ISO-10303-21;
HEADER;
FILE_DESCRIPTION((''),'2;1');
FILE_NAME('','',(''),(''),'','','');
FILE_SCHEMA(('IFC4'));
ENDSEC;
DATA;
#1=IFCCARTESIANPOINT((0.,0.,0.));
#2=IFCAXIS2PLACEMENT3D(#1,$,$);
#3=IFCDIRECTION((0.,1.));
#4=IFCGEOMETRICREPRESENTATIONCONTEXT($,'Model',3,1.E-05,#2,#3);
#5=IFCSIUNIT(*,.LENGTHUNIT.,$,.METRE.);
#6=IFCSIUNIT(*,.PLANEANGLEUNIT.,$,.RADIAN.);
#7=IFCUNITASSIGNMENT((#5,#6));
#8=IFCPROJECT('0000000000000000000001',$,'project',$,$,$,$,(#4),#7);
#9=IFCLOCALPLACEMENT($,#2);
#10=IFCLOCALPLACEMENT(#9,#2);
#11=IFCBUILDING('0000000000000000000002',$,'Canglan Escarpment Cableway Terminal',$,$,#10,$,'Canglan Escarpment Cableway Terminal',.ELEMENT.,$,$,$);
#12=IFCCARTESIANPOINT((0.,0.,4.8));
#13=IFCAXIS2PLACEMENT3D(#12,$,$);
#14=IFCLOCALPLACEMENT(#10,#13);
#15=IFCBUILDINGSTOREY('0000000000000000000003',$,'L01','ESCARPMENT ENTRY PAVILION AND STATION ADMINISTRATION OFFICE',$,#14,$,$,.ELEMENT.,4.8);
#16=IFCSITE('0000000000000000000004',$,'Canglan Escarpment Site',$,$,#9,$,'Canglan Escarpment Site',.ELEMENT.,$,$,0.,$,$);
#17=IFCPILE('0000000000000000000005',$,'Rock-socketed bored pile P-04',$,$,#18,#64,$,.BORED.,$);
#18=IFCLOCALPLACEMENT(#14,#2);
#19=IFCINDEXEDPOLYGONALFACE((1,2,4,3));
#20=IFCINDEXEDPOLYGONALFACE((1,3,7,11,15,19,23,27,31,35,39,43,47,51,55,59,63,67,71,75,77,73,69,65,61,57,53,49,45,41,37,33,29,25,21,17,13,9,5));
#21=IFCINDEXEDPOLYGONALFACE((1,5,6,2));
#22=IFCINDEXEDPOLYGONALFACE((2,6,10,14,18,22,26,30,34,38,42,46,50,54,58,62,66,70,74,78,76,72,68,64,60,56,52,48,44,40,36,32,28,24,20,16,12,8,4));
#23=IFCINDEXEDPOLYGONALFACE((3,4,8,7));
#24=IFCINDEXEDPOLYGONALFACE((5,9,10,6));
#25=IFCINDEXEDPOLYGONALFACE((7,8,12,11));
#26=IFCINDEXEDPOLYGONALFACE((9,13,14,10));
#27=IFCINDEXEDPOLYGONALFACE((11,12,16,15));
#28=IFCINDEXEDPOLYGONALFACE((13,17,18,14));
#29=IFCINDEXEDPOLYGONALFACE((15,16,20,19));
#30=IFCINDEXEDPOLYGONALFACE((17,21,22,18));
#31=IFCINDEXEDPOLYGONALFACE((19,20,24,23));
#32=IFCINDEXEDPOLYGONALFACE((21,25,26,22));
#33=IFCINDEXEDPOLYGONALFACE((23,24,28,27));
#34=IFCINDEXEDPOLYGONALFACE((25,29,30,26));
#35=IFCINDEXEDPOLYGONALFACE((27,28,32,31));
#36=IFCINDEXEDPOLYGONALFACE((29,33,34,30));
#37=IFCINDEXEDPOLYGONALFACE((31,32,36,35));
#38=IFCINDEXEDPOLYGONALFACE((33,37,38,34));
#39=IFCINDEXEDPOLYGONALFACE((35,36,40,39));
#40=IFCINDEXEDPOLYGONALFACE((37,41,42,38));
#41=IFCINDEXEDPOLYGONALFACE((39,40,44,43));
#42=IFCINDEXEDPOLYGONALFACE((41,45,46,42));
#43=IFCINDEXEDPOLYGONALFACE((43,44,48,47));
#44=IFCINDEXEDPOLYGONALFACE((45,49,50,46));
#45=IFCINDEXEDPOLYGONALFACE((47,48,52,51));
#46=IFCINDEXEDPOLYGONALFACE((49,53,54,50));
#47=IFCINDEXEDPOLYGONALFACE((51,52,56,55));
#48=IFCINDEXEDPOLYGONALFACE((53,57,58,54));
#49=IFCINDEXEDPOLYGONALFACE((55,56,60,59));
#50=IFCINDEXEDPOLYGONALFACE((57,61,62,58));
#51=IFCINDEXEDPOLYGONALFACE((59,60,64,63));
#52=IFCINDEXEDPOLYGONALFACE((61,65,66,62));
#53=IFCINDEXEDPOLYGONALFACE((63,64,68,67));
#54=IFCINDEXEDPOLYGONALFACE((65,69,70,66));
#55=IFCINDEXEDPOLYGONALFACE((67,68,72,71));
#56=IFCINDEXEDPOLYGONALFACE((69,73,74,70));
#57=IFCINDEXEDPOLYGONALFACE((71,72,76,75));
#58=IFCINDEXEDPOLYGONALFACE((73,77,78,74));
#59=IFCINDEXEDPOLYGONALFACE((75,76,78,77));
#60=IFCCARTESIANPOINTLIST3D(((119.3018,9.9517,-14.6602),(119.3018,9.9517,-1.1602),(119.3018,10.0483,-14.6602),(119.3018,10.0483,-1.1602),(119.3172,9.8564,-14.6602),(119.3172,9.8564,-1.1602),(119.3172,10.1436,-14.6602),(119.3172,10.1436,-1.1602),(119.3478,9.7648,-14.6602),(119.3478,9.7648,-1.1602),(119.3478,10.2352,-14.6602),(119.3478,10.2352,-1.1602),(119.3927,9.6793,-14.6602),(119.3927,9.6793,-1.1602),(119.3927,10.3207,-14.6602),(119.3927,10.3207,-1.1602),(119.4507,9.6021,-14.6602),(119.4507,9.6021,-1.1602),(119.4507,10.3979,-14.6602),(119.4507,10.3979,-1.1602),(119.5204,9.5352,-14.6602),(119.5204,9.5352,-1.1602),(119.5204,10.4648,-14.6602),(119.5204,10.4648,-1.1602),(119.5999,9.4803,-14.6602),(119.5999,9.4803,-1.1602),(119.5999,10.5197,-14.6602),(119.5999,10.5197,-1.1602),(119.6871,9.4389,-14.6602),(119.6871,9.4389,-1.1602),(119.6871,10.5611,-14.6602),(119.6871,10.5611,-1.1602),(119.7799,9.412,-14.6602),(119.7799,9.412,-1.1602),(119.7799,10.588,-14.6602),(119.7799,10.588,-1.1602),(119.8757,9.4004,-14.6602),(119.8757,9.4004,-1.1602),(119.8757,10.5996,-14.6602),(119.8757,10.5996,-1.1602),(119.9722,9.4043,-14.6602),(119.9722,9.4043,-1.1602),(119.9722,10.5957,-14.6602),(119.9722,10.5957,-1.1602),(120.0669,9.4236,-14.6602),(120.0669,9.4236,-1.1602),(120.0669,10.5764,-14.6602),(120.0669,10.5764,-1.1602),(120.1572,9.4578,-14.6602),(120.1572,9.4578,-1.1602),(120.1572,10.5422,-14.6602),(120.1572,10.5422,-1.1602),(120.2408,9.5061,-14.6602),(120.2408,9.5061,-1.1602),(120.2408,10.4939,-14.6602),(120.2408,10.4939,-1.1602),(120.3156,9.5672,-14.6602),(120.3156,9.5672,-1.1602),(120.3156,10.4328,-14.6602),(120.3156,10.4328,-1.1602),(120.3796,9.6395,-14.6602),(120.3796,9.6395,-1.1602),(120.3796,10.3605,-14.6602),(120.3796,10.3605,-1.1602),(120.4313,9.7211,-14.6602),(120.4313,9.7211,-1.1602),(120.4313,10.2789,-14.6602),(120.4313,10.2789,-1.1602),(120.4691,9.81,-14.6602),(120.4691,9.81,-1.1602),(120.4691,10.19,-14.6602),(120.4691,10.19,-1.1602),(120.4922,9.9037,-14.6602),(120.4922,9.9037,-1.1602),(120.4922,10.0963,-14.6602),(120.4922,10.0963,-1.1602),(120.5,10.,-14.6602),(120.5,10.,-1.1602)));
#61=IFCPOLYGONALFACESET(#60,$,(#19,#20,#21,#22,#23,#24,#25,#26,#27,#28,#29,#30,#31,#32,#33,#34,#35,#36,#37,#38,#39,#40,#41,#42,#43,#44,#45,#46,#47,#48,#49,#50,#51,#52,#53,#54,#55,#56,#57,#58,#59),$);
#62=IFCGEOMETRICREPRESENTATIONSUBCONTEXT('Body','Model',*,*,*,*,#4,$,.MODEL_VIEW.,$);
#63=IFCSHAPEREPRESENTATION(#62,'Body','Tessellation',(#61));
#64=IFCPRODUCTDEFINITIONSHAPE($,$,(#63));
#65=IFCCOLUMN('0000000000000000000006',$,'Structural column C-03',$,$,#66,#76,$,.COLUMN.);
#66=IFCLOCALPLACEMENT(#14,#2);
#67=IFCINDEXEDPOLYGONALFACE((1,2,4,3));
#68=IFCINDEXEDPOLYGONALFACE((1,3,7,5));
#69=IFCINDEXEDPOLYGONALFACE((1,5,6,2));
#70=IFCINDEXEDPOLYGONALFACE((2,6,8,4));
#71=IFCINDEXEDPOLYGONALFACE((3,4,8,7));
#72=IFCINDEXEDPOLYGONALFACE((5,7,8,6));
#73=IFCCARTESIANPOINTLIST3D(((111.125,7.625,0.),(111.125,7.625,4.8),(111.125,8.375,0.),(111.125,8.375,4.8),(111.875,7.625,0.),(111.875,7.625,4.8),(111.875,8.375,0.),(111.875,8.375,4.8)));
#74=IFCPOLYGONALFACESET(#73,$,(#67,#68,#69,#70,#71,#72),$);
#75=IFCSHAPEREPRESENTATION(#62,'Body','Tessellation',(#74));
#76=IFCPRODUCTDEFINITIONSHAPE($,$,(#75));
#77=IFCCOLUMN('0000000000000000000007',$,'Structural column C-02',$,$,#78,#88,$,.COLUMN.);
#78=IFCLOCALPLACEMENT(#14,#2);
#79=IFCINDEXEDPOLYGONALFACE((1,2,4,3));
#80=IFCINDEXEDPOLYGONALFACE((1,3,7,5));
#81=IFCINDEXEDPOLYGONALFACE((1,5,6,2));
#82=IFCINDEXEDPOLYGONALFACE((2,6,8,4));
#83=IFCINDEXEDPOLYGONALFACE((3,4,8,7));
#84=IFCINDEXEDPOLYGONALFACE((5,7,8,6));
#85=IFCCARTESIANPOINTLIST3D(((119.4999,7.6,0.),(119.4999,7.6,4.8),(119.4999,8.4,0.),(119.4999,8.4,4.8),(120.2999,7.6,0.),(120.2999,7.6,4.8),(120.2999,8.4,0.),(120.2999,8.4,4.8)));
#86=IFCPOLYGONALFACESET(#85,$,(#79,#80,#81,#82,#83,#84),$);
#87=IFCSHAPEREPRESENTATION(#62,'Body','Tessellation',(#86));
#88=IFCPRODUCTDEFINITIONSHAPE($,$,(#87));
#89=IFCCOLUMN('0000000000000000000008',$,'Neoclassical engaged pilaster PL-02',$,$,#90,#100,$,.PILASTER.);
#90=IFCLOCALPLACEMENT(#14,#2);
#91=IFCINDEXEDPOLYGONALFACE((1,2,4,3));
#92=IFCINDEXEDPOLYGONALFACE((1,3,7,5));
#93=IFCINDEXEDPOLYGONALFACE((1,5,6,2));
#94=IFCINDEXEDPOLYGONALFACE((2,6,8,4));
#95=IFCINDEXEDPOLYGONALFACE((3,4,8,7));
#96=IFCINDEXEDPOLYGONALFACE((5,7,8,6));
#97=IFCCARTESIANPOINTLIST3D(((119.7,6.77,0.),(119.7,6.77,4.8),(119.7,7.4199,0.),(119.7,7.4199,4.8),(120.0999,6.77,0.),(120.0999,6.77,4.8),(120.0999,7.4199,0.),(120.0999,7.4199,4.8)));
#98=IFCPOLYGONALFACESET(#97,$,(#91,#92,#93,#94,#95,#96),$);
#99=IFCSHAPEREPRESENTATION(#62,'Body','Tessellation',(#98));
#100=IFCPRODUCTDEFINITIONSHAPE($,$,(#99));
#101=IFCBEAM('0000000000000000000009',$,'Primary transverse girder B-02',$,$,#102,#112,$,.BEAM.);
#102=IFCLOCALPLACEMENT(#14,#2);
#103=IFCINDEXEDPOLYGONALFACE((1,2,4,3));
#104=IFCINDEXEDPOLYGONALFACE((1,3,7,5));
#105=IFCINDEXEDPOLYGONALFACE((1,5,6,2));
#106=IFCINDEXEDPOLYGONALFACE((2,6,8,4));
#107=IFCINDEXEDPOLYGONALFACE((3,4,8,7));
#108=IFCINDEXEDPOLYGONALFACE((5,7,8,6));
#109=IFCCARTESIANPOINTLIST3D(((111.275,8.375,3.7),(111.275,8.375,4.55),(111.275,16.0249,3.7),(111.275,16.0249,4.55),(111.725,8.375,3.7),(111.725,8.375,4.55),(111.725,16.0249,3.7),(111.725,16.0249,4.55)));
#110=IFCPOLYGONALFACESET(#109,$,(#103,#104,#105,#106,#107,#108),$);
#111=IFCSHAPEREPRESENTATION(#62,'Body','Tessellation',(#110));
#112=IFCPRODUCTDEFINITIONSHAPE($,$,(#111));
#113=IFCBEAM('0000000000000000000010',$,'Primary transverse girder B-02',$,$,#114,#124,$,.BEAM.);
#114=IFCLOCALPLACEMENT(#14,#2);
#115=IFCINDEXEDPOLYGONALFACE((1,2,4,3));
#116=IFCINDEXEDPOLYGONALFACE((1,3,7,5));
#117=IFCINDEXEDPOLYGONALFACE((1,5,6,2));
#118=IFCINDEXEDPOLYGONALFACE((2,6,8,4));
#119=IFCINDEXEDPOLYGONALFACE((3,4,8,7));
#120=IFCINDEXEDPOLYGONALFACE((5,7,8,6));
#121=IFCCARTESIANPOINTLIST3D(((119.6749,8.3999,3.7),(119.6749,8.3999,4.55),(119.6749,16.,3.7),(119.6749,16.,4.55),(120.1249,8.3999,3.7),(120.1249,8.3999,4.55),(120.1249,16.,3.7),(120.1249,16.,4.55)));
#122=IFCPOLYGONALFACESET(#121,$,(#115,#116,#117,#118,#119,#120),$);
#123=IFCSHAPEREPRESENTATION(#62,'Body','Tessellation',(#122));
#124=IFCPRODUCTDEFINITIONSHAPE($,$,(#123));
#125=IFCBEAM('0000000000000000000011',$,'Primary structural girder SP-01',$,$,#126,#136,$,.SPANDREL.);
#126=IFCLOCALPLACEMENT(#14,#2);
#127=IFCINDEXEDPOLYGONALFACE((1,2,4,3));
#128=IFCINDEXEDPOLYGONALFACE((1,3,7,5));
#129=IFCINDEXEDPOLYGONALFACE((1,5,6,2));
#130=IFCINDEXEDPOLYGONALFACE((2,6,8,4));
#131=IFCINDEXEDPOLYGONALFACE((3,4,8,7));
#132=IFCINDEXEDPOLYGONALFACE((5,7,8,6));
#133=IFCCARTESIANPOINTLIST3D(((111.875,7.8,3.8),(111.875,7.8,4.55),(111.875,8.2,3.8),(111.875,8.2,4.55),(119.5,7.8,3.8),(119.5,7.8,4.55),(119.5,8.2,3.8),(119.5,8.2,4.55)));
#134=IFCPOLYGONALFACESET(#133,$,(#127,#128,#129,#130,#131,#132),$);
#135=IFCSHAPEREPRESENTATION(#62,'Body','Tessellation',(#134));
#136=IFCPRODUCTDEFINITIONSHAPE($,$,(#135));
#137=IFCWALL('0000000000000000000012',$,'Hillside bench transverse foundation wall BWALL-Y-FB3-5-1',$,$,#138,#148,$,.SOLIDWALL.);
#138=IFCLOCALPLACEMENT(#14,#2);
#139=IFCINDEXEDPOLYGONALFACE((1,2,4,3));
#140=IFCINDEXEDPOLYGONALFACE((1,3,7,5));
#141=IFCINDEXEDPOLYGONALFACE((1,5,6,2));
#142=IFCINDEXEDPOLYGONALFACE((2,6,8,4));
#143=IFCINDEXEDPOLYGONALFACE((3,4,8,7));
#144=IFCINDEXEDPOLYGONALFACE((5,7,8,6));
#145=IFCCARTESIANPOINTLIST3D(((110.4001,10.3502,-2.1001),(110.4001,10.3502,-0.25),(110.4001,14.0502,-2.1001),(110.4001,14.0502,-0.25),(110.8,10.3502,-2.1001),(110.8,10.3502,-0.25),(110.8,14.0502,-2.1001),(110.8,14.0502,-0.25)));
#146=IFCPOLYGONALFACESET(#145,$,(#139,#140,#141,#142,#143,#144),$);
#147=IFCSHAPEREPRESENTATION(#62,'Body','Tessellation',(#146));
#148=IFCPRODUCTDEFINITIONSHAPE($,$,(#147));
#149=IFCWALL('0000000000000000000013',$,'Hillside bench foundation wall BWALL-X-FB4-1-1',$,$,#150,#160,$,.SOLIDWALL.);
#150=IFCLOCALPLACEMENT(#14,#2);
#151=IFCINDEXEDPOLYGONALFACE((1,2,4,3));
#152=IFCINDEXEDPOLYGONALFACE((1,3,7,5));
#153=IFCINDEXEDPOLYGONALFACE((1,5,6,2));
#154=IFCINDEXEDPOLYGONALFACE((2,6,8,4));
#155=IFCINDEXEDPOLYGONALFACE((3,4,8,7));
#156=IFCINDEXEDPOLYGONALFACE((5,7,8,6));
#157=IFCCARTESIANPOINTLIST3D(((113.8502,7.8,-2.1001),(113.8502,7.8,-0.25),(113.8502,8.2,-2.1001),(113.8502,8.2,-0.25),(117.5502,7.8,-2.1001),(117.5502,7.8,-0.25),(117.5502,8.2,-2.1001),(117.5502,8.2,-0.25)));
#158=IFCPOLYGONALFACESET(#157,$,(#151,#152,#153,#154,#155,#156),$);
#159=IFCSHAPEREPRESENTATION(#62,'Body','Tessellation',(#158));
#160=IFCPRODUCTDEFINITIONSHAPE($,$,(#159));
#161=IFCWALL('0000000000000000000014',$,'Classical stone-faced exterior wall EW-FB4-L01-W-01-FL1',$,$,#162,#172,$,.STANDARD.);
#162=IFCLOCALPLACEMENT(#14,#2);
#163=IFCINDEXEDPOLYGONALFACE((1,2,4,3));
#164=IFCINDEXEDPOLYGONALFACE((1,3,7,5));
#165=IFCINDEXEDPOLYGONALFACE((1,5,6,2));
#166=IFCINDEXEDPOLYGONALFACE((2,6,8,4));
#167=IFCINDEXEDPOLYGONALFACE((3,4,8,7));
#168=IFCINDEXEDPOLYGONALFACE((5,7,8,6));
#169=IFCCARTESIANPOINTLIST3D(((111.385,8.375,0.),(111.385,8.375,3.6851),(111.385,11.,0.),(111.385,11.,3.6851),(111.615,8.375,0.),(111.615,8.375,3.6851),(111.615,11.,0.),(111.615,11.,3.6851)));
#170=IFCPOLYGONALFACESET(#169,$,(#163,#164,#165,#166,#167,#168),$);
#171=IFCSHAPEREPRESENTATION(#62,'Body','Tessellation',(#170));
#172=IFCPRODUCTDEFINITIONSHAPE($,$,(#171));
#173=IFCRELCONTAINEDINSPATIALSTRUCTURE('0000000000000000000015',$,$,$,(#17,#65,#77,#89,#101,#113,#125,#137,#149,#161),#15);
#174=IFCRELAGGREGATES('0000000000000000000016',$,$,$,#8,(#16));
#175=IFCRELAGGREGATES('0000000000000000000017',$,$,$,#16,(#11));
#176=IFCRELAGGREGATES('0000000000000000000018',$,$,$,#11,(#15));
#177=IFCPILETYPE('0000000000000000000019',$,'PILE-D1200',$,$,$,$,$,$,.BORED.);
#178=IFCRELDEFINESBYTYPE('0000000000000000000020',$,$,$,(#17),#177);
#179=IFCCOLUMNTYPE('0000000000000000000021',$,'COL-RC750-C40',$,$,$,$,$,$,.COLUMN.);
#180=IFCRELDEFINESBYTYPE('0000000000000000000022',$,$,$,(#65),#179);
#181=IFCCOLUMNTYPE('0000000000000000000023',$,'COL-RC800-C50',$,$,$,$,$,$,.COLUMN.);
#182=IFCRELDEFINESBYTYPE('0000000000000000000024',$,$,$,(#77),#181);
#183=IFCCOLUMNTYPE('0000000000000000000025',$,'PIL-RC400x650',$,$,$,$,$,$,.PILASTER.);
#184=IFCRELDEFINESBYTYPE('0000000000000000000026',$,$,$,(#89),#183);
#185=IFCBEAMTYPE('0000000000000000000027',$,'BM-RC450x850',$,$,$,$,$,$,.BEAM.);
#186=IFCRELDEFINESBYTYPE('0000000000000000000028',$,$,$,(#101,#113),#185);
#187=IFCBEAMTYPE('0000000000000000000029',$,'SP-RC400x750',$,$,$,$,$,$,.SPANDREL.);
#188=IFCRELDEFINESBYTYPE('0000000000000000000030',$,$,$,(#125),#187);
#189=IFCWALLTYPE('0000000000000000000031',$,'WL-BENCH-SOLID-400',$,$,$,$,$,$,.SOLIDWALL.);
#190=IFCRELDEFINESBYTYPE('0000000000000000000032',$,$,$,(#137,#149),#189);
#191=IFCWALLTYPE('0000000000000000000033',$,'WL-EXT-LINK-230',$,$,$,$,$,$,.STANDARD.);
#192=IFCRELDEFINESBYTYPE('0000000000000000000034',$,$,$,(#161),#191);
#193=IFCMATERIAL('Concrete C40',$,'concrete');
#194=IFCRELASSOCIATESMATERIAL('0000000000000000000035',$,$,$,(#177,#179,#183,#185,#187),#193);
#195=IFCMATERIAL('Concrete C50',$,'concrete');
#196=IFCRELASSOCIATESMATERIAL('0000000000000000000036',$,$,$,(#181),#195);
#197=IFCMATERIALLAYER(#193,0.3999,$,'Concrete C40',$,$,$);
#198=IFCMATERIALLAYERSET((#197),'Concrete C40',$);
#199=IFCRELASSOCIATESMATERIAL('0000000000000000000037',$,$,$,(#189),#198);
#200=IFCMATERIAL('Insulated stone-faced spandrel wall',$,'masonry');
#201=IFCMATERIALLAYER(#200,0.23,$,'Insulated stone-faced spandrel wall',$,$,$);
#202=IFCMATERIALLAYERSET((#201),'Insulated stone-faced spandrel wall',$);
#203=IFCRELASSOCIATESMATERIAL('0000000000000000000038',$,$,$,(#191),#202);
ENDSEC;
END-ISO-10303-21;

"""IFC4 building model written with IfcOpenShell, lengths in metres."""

from ifc_helpers import new_model, si_unit, direction, frame, frame_2d, origin, origin_2d, place, context, subcontext, project, spatial, rectangle, circle, extrude, material, layer, layer_set, material_profile, profile_set, type_object, element, save


model = new_model("IFC4")

# Units and contexts
model_context = context("Model", 3, precision=1e-05, world=origin(), true_north=direction((0.0, 1.0)))
body_context = subcontext(model_context, "Body", "Model", "MODEL_VIEW")
ifc_project = project(units=[si_unit("LENGTHUNIT", "METRE"), si_unit("PLANEANGLEUNIT", "RADIAN")], contexts=[model_context])

# Site, building, storey
site_placement = place(None, origin())
site = spatial("IfcSite", under=ifc_project, at=site_placement, Name="Canglan Escarpment Site", LongName="Canglan Escarpment Site", CompositionType="ELEMENT", RefElevation=0.0)
building_placement = place(site_placement, origin())
building = spatial("IfcBuilding", under=site, at=building_placement, Name="Canglan Escarpment Cableway Terminal", LongName="Canglan Escarpment Cableway Terminal", CompositionType="ELEMENT")
storey_placement = place(building_placement, frame((0.0, 0.0, 4.8)))
storey = spatial("IfcBuildingStorey", under=building, at=storey_placement, Name="L01", Description="ESCARPMENT ENTRY PAVILION AND STATION ADMINISTRATION OFFICE", CompositionType="ELEMENT", Elevation=4.8)

# Shared definitions
ifc_material_1 = material(Name="Concrete C40", Category="concrete")

# Pile
ifc_material_profile_1 = material_profile(ifc_material_1, circle(Radius=0.6001, at=origin_2d()), Name="BORED PILE D1200")
ifc_profile_set_1 = profile_set([ifc_material_profile_1], Name="Concrete C40")
pile_type = type_object("IfcPileType", Name="PILE-D1200", PredefinedType="BORED", material=ifc_profile_set_1)
for number, where, z_axis, x_axis, name in (
    (1, (119.8999, 10.0, -1.1602), (0.0, 0.0, -1.0), (1.0, 0.0, 0.0), "Rock-socketed bored pile P-04"),
):
    element("IfcPile", number, at=place(storey_placement, frame(where, z_axis=z_axis, x_axis=x_axis)), inside=storey, type_object=pile_type, Name=name, PredefinedType="BORED", context=body_context, shape_type="SweptSolid", body=[
        extrude(circle(Radius=0.6001, at=origin_2d()), origin(), (0.0, 0.0, 1.0), 13.5),
    ])

# Columns
ifc_material_profile_2 = material_profile(ifc_material_1, rectangle(XDim=0.75, YDim=0.75, at=origin_2d()), Name="RC 750x750")
ifc_profile_set_2 = profile_set([ifc_material_profile_2], Name="Concrete C40")
column_type_1 = type_object("IfcColumnType", Name="COL-RC750-C40", PredefinedType="COLUMN", material=ifc_profile_set_2)
column_1_placement = place(storey_placement, frame((111.5, 8.0, 0.0), z_axis=(0.0, 0.0, 1.0), x_axis=(1.0, 0.0, 0.0)))
element("IfcColumn", 2, at=column_1_placement, inside=storey, type_object=column_type_1, Name="Structural column C-03", PredefinedType="COLUMN", context=body_context, shape_type="SweptSolid", body=[
    extrude(rectangle(XDim=0.75, YDim=0.75, at=origin_2d()), origin(), (0.0, 0.0, 1.0), 4.8),
])
ifc_material_2 = material(Name="Concrete C50", Category="concrete")
ifc_material_profile_3 = material_profile(ifc_material_2, rectangle(XDim=0.8, YDim=0.8, at=origin_2d()), Name="RC 800x800")
ifc_profile_set_3 = profile_set([ifc_material_profile_3], Name="Concrete C50")
column_type_2 = type_object("IfcColumnType", Name="COL-RC800-C50", PredefinedType="COLUMN", material=ifc_profile_set_3)
column_2_placement = place(storey_placement, frame((119.8999, 8.0, 0.0), z_axis=(0.0, 0.0, 1.0), x_axis=(1.0, 0.0, 0.0)))
element("IfcColumn", 3, at=column_2_placement, inside=storey, type_object=column_type_2, Name="Structural column C-02", PredefinedType="COLUMN", context=body_context, shape_type="SweptSolid", body=[
    extrude(rectangle(XDim=0.8, YDim=0.8, at=origin_2d()), origin(), (0.0, 0.0, 1.0), 4.8),
])
ifc_material_profile_4 = material_profile(ifc_material_1, rectangle(XDim=0.3999, YDim=0.6499, at=origin_2d()), Name="RC-PIL 400x650")
ifc_profile_set_4 = profile_set([ifc_material_profile_4], Name="Concrete C40")
column_type_3 = type_object("IfcColumnType", Name="PIL-RC400x650", PredefinedType="PILASTER", material=ifc_profile_set_4)
column_3_placement = place(storey_placement, frame((119.8999, 7.095, 0.0), z_axis=(0.0, 0.0, 1.0), x_axis=(1.0, 0.0, 0.0)))
element("IfcColumn", 4, at=column_3_placement, inside=storey, type_object=column_type_3, Name="Neoclassical engaged pilaster PL-02", PredefinedType="PILASTER", context=body_context, shape_type="SweptSolid", body=[
    extrude(rectangle(XDim=0.3999, YDim=0.6499, at=origin_2d()), origin(), (0.0, 0.0, 1.0), 4.8),
])

# Beams
ifc_material_profile_5 = material_profile(ifc_material_1, rectangle(XDim=0.45, YDim=0.8501, at=origin_2d()), Name="RC 450x850")
ifc_profile_set_5 = profile_set([ifc_material_profile_5], Name="Concrete C40")
beam_type_1 = type_object("IfcBeamType", Name="BM-RC450x850", PredefinedType="BEAM", material=ifc_profile_set_5)
beam_1_placement = place(storey_placement, frame((111.5, 8.375, 4.125), z_axis=(0.0, 1.0, 0.0), x_axis=(-1.0, 0.0, 0.0)))
element("IfcBeam", 5, at=beam_1_placement, inside=storey, type_object=beam_type_1, Name="Primary transverse girder B-02", PredefinedType="BEAM", context=body_context, shape_type="SweptSolid", body=[
    extrude(rectangle(XDim=0.45, YDim=0.8501, at=origin_2d()), origin(), (0.0, 0.0, 1.0), 7.6499),
])
beam_2_placement = place(storey_placement, frame((119.8999, 8.3999, 4.125), z_axis=(0.0, 1.0, 0.0), x_axis=(-1.0, 0.0, 0.0)))
element("IfcBeam", 6, at=beam_2_placement, inside=storey, type_object=beam_type_1, Name="Primary transverse girder B-02", PredefinedType="BEAM", context=body_context, shape_type="SweptSolid", body=[
    extrude(rectangle(XDim=0.45, YDim=0.8501, at=origin_2d()), origin(), (0.0, 0.0, 1.0), 7.6001),
])
ifc_material_profile_6 = material_profile(ifc_material_1, rectangle(XDim=0.3999, YDim=0.75, at=origin_2d()), Name="RC 400x750")
ifc_profile_set_6 = profile_set([ifc_material_profile_6], Name="Concrete C40")
beam_type_2 = type_object("IfcBeamType", Name="SP-RC400x750", PredefinedType="SPANDREL", material=ifc_profile_set_6)
beam_3_placement = place(storey_placement, frame((111.875, 8.0, 4.175), z_axis=(1.0, 0.0, 0.0), x_axis=(0.0, 1.0, 0.0)))
element("IfcBeam", 7, at=beam_3_placement, inside=storey, type_object=beam_type_2, Name="Primary structural girder SP-01", PredefinedType="SPANDREL", context=body_context, shape_type="SweptSolid", body=[
    extrude(rectangle(XDim=0.3999, YDim=0.75, at=origin_2d()), origin(), (0.0, 0.0, 1.0), 7.625),
])

# Walls
ifc_layer_1 = layer(ifc_material_1, 0.3999, Name="Concrete C40")
ifc_layer_set_1 = layer_set([ifc_layer_1], Name="Concrete C40")
wall_type_1 = type_object("IfcWallType", Name="WL-BENCH-SOLID-400", PredefinedType="SOLIDWALL", material=ifc_layer_set_1)
for number, where, z_axis, x_axis, name in (
    (8, (110.6001, 10.3501, -2.1001), (0.0, 0.0, 1.0), (0.0, 1.0, 0.0), "Hillside bench transverse foundation wall BWALL-Y-FB3-5-1"),
    (9, (113.8501, 8.0, -2.1001), (0.0, 0.0, 1.0), (1.0, 0.0, 0.0), "Hillside bench foundation wall BWALL-X-FB4-1-1"),
):
    element("IfcWall", number, at=place(storey_placement, frame(where, z_axis=z_axis, x_axis=x_axis)), inside=storey, type_object=wall_type_1, Name=name, PredefinedType="SOLIDWALL", context=body_context, shape_type="SweptSolid", body=[
        extrude(rectangle(XDim=3.7, YDim=0.3999, at=frame_2d((1.8501, 0.0))), origin(), (0.0, 0.0, 1.0), 1.8501),
    ])
ifc_material_3 = material(Name="Insulated stone-faced spandrel wall", Category="masonry")
ifc_layer_2 = layer(ifc_material_3, 0.23, Name="Insulated stone-faced spandrel wall")
ifc_layer_set_2 = layer_set([ifc_layer_2], Name="Insulated stone-faced spandrel wall")
wall_type_2 = type_object("IfcWallType", Name="WL-EXT-LINK-230", PredefinedType="STANDARD", material=ifc_layer_set_2)
wall_1_placement = place(storey_placement, frame((111.5, 8.375, 0.0), z_axis=(0.0, 0.0, 1.0), x_axis=(0.0, 1.0, 0.0)))
element("IfcWall", 10, at=wall_1_placement, inside=storey, type_object=wall_type_2, Name="Classical stone-faced exterior wall EW-FB4-L01-W-01-FL1", PredefinedType="STANDARD", context=body_context, shape_type="SweptSolid", body=[
    extrude(rectangle(XDim=2.625, YDim=0.23, at=frame_2d((1.3125, 0.0))), origin(), (0.0, 0.0, 1.0), 3.6851),
])

save(model, "model.ifc")
